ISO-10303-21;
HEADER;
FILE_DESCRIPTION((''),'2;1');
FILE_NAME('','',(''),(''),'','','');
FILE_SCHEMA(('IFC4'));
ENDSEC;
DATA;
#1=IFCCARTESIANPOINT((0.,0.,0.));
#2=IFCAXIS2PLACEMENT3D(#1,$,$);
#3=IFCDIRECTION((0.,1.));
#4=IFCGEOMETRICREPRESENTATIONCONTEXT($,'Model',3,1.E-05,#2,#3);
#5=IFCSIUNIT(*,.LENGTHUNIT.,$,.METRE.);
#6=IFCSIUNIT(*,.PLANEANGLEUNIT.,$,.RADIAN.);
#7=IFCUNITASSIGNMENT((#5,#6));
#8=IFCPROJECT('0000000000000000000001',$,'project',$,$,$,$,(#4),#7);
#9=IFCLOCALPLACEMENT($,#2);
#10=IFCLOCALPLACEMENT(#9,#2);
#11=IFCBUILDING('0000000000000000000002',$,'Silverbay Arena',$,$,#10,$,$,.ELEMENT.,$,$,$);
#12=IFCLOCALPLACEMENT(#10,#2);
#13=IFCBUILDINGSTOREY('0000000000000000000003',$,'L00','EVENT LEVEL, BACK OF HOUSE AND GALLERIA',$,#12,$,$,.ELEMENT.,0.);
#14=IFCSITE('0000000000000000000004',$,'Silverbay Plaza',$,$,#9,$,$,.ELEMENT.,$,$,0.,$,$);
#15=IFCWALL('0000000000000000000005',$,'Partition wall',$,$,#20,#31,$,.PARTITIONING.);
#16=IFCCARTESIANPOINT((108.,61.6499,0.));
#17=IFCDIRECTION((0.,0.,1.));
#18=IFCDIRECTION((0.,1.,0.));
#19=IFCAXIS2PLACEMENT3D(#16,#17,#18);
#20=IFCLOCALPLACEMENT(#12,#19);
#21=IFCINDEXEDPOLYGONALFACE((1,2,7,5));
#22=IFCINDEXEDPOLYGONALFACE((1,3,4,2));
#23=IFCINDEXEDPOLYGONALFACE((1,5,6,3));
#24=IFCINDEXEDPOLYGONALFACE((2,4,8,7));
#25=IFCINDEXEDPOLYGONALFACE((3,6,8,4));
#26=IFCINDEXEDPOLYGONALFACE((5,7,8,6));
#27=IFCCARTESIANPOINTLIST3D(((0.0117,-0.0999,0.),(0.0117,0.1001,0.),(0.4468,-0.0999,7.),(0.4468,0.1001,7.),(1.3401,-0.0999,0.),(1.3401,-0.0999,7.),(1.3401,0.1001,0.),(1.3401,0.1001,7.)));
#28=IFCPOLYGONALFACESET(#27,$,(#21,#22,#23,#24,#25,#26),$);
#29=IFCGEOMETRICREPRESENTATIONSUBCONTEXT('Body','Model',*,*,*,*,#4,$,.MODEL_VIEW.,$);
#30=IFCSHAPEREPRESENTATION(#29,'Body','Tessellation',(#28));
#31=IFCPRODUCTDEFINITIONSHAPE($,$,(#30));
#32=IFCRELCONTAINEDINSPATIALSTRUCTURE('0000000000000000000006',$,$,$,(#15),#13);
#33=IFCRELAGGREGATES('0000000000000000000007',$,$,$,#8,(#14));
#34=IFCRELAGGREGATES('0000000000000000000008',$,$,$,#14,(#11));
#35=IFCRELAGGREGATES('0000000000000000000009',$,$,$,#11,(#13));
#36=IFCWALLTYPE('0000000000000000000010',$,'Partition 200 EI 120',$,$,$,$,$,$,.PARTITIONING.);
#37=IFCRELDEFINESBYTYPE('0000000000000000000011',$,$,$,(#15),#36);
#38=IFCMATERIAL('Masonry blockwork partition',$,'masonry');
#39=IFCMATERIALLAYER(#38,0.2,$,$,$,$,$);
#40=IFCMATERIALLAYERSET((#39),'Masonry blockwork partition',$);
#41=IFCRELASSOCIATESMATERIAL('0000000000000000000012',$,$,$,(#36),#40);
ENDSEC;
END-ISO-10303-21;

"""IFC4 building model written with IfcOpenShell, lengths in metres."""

from ifc_helpers import new_model, si_unit, direction, frame, origin, place, context, subcontext, project, spatial, polyline, outline, extrude, material, layer, layer_set, type_object, element, save


model = new_model("IFC4")

# Units and contexts
model_context = context("Model", 3, precision=1e-05, world=origin(), true_north=direction((0.0, 1.0)))
body_context = subcontext(model_context, "Body", "Model", "MODEL_VIEW")
ifc_project = project(units=[si_unit("LENGTHUNIT", "METRE"), si_unit("PLANEANGLEUNIT", "RADIAN")], contexts=[model_context])

# Site, building, storey
site_placement = place(None, origin())
site = spatial("IfcSite", under=ifc_project, at=site_placement, Name="Silverbay Plaza", CompositionType="ELEMENT", RefElevation=0.0)
building_placement = place(site_placement, origin())
building = spatial("IfcBuilding", under=site, at=building_placement, Name="Silverbay Arena", CompositionType="ELEMENT")
storey_placement = place(building_placement, origin())
storey = spatial("IfcBuildingStorey", under=building, at=storey_placement, Name="L00", Description="EVENT LEVEL, BACK OF HOUSE AND GALLERIA", CompositionType="ELEMENT", Elevation=0.0)

# Shared definitions
ifc_material_1 = material(Name="Masonry blockwork partition", Category="masonry")
ifc_layer_1 = layer(ifc_material_1, 0.2)
ifc_layer_set_1 = layer_set([ifc_layer_1], Name="Masonry blockwork partition")
wall_type_1 = type_object("IfcWallType", Name="Partition 200 EI 120", PredefinedType="PARTITIONING", material=ifc_layer_set_1)

# Wall
wall_1_placement = place(storey_placement, frame((108.0, 61.6499, 0.0), z_axis=(0.0, 0.0, 1.0), x_axis=(0.0, 1.0, 0.0)))
element("IfcWall", 1, at=wall_1_placement, inside=storey, type_object=wall_type_1, Name="Partition wall", PredefinedType="PARTITIONING", context=body_context, shape_type="SweptSolid", body=[
    extrude(outline(polyline([(0.0, 0.0), (1.3401, 0.0), (1.3401, 7.0), (0.4468, 7.0), (0.0, -0.1887), (0.0, 0.0)])), frame((0.0, 0.1001, 0.0), z_axis=(0.0, -1.0, 0.0), x_axis=(1.0, 0.0, 0.0)), (0.0, 0.0, 1.0), 0.2),
])

save(model, "model.ifc")
